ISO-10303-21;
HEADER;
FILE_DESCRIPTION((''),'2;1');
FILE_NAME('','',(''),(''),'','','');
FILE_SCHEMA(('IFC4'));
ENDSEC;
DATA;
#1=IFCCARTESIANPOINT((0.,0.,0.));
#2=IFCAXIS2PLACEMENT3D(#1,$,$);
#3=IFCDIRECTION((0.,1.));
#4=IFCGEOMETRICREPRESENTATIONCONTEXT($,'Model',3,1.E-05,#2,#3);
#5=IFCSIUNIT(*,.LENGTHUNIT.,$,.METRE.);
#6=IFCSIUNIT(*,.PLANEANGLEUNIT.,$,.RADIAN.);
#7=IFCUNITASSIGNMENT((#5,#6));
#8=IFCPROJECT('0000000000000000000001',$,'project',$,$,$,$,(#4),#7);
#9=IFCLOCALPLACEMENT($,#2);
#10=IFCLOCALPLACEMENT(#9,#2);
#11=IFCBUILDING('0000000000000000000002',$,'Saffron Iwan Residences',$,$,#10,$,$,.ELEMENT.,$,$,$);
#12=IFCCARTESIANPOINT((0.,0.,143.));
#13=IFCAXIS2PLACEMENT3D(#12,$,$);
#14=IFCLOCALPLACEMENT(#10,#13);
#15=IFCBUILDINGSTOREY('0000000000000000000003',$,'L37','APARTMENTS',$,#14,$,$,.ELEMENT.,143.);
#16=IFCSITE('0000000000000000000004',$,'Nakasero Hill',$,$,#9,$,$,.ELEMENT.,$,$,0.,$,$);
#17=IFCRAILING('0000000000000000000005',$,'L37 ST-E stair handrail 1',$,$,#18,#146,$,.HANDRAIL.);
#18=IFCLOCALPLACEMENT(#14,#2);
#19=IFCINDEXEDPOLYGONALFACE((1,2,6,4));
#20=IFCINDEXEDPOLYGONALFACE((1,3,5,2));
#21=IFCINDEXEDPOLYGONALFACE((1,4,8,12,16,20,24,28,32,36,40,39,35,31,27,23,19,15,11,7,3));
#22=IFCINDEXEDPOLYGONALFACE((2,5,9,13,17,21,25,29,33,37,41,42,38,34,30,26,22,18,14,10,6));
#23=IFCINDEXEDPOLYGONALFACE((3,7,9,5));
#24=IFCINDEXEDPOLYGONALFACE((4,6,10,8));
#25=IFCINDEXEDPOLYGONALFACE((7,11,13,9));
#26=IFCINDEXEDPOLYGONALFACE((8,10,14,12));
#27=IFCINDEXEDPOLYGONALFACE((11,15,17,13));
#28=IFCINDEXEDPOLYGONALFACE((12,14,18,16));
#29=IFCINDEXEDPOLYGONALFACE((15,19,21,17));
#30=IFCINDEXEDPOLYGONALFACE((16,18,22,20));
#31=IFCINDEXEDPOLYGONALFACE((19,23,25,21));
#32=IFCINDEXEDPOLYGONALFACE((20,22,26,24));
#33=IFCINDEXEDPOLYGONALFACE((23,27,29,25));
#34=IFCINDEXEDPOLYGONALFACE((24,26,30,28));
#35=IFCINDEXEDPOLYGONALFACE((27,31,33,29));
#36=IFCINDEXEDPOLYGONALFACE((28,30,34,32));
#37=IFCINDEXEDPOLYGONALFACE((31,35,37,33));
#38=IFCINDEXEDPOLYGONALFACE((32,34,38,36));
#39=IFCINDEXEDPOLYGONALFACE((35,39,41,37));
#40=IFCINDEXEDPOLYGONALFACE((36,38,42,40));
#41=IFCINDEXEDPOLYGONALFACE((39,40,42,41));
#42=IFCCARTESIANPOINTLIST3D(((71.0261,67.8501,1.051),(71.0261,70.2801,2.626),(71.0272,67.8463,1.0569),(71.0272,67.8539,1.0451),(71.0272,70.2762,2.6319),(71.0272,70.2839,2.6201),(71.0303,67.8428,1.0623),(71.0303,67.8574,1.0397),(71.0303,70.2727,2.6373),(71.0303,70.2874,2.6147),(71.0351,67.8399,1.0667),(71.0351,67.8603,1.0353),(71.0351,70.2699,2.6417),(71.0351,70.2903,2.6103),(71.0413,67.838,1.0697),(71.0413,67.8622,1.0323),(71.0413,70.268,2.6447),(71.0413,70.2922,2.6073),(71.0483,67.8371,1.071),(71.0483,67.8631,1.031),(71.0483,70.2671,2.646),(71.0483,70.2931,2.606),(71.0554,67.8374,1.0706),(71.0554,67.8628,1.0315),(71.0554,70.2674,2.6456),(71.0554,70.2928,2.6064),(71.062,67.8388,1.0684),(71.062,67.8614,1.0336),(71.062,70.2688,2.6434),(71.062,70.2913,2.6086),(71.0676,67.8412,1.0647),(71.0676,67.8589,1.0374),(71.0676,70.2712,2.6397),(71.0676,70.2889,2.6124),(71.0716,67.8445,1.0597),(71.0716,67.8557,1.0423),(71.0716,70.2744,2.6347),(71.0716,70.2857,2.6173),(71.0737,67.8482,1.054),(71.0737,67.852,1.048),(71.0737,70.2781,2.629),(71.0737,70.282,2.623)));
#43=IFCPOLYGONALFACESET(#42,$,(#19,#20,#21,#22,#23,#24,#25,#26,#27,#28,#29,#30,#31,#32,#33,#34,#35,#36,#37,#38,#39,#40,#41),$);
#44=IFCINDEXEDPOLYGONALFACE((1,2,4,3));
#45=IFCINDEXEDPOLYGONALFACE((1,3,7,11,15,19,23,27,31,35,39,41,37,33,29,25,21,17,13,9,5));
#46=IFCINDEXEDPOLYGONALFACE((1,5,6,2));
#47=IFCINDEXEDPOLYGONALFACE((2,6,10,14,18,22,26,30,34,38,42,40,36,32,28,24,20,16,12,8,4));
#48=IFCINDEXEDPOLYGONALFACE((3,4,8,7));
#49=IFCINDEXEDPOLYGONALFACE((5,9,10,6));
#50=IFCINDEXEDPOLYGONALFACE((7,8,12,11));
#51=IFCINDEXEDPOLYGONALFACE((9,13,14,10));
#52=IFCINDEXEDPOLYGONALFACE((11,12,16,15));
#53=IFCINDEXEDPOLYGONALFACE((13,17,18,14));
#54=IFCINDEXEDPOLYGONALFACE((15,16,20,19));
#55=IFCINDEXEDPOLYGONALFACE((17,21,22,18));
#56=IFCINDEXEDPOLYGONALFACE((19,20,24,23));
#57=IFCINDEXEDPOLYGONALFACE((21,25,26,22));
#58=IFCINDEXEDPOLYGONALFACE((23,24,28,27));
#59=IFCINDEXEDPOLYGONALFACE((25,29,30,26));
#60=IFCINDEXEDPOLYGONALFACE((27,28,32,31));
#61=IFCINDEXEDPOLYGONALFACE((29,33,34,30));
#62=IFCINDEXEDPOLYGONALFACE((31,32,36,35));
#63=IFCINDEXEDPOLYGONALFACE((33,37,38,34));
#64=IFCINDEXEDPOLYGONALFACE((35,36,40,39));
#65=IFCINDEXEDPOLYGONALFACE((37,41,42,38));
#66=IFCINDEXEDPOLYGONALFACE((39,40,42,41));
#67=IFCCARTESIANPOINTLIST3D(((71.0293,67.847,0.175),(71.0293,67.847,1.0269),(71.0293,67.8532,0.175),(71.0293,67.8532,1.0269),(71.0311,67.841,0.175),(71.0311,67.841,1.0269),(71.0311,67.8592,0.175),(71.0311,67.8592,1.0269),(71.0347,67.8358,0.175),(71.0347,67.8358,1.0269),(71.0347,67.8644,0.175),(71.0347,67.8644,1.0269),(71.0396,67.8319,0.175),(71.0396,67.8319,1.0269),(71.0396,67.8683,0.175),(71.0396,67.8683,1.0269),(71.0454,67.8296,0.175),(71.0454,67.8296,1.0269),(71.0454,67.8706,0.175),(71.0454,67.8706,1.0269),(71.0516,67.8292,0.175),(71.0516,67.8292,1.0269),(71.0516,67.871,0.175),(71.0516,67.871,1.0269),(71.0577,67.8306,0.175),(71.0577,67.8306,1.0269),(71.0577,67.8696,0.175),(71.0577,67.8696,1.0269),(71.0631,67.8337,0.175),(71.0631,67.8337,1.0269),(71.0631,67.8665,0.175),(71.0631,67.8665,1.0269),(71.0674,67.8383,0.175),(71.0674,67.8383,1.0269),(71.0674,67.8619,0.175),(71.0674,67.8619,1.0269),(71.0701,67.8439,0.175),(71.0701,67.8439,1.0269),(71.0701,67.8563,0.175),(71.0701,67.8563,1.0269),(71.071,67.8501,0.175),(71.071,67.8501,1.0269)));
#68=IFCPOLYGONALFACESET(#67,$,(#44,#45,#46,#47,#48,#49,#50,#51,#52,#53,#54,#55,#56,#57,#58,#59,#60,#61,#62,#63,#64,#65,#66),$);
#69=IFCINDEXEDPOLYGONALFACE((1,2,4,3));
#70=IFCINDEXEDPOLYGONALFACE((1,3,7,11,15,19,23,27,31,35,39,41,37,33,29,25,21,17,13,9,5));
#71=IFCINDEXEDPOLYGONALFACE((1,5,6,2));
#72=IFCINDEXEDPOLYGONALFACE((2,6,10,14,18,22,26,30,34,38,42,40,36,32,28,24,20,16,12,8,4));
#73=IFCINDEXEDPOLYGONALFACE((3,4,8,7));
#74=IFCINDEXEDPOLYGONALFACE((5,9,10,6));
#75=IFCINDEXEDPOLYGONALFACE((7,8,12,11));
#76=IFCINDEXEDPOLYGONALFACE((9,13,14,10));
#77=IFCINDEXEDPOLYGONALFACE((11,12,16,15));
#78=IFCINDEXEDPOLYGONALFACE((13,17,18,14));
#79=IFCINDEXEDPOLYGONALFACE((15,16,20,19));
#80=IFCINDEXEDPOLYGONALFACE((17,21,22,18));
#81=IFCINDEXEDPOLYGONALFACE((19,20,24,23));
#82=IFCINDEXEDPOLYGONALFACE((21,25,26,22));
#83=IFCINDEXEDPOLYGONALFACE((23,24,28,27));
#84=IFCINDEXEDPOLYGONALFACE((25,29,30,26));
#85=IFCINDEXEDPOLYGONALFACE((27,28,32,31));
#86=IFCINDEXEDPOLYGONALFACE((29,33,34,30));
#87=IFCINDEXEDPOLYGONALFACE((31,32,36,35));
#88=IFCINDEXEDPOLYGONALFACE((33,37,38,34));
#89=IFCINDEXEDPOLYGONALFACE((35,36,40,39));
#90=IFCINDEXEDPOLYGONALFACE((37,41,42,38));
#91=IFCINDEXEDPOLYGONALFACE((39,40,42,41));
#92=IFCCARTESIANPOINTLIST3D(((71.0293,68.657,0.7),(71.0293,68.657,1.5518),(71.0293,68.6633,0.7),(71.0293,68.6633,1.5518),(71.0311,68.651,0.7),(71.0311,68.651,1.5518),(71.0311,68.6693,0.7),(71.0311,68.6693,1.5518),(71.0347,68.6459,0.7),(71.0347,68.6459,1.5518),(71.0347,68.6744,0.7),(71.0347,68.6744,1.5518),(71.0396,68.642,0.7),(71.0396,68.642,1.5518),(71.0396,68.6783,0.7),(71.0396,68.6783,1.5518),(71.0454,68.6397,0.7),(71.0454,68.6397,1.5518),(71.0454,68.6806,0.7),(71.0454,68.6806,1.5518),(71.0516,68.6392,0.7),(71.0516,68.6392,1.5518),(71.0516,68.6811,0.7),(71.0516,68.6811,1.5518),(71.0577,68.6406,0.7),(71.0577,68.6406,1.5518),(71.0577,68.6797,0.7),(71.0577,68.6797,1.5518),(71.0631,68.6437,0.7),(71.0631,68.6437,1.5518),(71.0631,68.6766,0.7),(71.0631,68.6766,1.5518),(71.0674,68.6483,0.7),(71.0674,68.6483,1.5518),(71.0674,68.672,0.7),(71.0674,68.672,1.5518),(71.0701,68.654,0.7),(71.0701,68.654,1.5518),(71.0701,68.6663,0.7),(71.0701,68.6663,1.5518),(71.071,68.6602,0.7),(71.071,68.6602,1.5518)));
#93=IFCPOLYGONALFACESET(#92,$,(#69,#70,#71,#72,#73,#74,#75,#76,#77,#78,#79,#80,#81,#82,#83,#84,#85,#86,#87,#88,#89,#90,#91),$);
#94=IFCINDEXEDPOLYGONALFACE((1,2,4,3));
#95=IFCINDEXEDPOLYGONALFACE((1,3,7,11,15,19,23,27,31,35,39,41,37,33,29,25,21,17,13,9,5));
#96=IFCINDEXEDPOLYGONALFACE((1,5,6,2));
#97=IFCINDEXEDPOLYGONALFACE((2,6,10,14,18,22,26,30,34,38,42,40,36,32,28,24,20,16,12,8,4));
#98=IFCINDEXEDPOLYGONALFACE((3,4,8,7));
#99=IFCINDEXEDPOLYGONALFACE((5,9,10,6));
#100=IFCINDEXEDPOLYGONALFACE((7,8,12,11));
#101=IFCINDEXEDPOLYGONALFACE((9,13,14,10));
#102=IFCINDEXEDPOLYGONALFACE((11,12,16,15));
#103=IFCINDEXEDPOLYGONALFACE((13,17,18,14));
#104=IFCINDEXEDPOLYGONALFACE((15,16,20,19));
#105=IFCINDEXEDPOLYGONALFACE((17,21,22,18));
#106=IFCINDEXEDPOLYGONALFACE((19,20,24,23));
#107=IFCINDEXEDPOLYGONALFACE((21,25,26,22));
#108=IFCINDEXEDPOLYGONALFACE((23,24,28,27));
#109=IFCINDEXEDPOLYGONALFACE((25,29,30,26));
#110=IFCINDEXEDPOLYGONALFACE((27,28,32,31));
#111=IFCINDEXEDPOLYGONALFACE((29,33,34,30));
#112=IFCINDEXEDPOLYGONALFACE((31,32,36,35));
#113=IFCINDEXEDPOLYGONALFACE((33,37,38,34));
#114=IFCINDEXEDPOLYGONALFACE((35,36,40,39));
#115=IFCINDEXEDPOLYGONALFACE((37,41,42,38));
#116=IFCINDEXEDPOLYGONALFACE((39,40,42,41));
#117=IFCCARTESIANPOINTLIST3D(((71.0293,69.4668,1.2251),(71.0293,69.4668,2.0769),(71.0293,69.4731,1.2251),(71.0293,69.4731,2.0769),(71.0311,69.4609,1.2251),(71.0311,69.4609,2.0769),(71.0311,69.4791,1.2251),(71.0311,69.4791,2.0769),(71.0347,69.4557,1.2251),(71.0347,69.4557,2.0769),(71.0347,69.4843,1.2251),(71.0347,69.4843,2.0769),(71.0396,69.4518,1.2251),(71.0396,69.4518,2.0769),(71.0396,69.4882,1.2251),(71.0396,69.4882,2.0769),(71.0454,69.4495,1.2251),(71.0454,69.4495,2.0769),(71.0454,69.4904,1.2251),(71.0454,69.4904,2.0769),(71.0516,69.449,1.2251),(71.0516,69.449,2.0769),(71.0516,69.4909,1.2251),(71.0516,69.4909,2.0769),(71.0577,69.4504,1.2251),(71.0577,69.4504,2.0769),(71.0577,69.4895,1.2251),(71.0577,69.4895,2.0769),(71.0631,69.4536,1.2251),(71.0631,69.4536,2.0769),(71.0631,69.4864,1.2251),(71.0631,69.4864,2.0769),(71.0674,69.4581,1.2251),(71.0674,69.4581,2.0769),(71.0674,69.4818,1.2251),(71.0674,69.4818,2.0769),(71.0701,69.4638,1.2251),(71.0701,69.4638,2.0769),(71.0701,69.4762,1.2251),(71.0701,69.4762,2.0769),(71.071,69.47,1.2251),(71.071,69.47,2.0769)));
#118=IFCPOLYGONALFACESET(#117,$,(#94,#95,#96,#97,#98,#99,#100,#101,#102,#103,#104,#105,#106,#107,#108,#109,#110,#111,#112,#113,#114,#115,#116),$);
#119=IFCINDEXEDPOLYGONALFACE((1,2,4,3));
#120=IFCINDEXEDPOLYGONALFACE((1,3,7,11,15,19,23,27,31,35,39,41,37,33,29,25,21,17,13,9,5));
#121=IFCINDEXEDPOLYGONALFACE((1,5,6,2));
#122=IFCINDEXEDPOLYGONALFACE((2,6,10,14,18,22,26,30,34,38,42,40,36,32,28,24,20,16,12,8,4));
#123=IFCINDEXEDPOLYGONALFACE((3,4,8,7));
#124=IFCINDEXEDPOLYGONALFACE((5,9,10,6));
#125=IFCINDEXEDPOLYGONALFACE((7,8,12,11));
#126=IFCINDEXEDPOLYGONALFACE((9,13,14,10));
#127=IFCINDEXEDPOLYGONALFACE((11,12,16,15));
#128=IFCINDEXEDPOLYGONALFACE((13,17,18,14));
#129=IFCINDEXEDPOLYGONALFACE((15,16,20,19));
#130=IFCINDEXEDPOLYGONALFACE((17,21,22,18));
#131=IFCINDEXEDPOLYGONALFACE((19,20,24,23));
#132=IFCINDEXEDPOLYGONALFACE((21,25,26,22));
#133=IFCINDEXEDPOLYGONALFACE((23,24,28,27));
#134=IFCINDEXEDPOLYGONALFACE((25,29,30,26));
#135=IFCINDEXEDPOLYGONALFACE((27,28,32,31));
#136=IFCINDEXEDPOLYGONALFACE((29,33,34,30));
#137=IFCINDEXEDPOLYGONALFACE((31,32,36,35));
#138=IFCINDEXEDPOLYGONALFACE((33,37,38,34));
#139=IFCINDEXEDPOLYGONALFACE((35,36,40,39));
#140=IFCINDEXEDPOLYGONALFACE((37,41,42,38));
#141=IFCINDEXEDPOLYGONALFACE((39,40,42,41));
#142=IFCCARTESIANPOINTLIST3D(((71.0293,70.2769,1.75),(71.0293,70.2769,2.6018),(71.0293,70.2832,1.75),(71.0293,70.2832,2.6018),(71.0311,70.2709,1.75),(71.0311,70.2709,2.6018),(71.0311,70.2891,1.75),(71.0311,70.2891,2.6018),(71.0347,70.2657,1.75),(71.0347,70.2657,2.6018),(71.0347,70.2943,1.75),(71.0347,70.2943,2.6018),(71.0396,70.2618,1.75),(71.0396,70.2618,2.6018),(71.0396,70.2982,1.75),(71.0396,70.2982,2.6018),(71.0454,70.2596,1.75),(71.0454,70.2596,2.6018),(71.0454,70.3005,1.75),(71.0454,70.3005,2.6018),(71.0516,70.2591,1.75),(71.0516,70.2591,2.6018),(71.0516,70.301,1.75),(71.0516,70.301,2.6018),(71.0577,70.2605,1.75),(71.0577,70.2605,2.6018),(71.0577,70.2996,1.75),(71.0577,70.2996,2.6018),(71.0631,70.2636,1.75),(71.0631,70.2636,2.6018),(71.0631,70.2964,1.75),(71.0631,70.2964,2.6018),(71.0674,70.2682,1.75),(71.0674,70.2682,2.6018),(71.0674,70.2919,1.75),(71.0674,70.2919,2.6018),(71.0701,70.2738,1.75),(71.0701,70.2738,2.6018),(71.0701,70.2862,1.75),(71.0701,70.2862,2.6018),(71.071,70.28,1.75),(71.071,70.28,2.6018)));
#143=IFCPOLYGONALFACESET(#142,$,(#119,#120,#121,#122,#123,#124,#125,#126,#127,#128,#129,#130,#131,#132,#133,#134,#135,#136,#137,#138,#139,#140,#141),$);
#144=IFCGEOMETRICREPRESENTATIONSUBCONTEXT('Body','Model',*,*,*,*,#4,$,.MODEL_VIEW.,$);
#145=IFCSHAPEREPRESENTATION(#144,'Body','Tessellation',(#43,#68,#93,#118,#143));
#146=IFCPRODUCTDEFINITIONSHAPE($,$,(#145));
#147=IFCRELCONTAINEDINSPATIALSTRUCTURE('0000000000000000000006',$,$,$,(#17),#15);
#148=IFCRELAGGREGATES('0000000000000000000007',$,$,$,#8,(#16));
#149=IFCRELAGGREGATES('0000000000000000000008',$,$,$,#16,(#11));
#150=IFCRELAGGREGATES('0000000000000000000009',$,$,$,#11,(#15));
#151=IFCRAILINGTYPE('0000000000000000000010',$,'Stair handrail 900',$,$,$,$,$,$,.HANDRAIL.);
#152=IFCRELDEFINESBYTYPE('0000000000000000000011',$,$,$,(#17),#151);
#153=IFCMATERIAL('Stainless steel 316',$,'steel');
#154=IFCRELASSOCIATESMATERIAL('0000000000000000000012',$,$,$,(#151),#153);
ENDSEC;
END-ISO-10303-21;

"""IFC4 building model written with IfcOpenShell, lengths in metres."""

from ifc_helpers import new_model, si_unit, direction, frame, origin, origin_2d, place, context, subcontext, project, spatial, circle, extrude, material, type_object, element, save


model = new_model("IFC4")

# Units and contexts
model_context = context("Model", 3, precision=1e-05, world=origin(), true_north=direction((0.0, 1.0)))
body_context = subcontext(model_context, "Body", "Model", "MODEL_VIEW")
ifc_project = project(units=[si_unit("LENGTHUNIT", "METRE"), si_unit("PLANEANGLEUNIT", "RADIAN")], contexts=[model_context])

# Site, building, storey
site_placement = place(None, origin())
site = spatial("IfcSite", under=ifc_project, at=site_placement, Name="Nakasero Hill", CompositionType="ELEMENT", RefElevation=0.0)
building_placement = place(site_placement, origin())
building = spatial("IfcBuilding", under=site, at=building_placement, Name="Saffron Iwan Residences", CompositionType="ELEMENT")
storey_placement = place(building_placement, frame((0.0, 0.0, 143.0)))
storey = spatial("IfcBuildingStorey", under=building, at=storey_placement, Name="L37", Description="APARTMENTS", CompositionType="ELEMENT", Elevation=143.0)

# Railing
ifc_material_1 = material(Name="Stainless steel 316", Category="steel")
railing_type_1 = type_object("IfcRailingType", Name="Stair handrail 900", PredefinedType="HANDRAIL", material=ifc_material_1)
railing_1_placement = place(storey_placement, frame((71.05, 67.8501, 0.175)))
element("IfcRailing", 1, at=railing_1_placement, inside=storey, type_object=railing_type_1, Name="L37 ST-E stair handrail 1", PredefinedType="HANDRAIL", context=body_context, shape_type="SweptSolid", body=[
    extrude(circle(Radius=0.0239, at=origin_2d()), frame((0.0, 0.0, 0.876), z_axis=(0.0, 0.839154, 0.543894), x_axis=(-1.0, 0.0, 0.0)), (0.0, 0.0, 1.0), 2.8958),
    extrude(circle(Radius=0.021, at=origin_2d()), origin(), (0.0, 0.0, 1.0), 0.8518),
    extrude(circle(Radius=0.021, at=origin_2d()), frame((0.0, 0.8101, 0.5249)), (0.0, 0.0, 1.0), 0.8518),
    extrude(circle(Radius=0.021, at=origin_2d()), frame((0.0, 1.6199, 1.05)), (0.0, 0.0, 1.0), 0.8518),
    extrude(circle(Radius=0.021, at=origin_2d()), frame((0.0, 2.4299, 1.575)), (0.0, 0.0, 1.0), 0.8518),
])

save(model, "model.ifc")
